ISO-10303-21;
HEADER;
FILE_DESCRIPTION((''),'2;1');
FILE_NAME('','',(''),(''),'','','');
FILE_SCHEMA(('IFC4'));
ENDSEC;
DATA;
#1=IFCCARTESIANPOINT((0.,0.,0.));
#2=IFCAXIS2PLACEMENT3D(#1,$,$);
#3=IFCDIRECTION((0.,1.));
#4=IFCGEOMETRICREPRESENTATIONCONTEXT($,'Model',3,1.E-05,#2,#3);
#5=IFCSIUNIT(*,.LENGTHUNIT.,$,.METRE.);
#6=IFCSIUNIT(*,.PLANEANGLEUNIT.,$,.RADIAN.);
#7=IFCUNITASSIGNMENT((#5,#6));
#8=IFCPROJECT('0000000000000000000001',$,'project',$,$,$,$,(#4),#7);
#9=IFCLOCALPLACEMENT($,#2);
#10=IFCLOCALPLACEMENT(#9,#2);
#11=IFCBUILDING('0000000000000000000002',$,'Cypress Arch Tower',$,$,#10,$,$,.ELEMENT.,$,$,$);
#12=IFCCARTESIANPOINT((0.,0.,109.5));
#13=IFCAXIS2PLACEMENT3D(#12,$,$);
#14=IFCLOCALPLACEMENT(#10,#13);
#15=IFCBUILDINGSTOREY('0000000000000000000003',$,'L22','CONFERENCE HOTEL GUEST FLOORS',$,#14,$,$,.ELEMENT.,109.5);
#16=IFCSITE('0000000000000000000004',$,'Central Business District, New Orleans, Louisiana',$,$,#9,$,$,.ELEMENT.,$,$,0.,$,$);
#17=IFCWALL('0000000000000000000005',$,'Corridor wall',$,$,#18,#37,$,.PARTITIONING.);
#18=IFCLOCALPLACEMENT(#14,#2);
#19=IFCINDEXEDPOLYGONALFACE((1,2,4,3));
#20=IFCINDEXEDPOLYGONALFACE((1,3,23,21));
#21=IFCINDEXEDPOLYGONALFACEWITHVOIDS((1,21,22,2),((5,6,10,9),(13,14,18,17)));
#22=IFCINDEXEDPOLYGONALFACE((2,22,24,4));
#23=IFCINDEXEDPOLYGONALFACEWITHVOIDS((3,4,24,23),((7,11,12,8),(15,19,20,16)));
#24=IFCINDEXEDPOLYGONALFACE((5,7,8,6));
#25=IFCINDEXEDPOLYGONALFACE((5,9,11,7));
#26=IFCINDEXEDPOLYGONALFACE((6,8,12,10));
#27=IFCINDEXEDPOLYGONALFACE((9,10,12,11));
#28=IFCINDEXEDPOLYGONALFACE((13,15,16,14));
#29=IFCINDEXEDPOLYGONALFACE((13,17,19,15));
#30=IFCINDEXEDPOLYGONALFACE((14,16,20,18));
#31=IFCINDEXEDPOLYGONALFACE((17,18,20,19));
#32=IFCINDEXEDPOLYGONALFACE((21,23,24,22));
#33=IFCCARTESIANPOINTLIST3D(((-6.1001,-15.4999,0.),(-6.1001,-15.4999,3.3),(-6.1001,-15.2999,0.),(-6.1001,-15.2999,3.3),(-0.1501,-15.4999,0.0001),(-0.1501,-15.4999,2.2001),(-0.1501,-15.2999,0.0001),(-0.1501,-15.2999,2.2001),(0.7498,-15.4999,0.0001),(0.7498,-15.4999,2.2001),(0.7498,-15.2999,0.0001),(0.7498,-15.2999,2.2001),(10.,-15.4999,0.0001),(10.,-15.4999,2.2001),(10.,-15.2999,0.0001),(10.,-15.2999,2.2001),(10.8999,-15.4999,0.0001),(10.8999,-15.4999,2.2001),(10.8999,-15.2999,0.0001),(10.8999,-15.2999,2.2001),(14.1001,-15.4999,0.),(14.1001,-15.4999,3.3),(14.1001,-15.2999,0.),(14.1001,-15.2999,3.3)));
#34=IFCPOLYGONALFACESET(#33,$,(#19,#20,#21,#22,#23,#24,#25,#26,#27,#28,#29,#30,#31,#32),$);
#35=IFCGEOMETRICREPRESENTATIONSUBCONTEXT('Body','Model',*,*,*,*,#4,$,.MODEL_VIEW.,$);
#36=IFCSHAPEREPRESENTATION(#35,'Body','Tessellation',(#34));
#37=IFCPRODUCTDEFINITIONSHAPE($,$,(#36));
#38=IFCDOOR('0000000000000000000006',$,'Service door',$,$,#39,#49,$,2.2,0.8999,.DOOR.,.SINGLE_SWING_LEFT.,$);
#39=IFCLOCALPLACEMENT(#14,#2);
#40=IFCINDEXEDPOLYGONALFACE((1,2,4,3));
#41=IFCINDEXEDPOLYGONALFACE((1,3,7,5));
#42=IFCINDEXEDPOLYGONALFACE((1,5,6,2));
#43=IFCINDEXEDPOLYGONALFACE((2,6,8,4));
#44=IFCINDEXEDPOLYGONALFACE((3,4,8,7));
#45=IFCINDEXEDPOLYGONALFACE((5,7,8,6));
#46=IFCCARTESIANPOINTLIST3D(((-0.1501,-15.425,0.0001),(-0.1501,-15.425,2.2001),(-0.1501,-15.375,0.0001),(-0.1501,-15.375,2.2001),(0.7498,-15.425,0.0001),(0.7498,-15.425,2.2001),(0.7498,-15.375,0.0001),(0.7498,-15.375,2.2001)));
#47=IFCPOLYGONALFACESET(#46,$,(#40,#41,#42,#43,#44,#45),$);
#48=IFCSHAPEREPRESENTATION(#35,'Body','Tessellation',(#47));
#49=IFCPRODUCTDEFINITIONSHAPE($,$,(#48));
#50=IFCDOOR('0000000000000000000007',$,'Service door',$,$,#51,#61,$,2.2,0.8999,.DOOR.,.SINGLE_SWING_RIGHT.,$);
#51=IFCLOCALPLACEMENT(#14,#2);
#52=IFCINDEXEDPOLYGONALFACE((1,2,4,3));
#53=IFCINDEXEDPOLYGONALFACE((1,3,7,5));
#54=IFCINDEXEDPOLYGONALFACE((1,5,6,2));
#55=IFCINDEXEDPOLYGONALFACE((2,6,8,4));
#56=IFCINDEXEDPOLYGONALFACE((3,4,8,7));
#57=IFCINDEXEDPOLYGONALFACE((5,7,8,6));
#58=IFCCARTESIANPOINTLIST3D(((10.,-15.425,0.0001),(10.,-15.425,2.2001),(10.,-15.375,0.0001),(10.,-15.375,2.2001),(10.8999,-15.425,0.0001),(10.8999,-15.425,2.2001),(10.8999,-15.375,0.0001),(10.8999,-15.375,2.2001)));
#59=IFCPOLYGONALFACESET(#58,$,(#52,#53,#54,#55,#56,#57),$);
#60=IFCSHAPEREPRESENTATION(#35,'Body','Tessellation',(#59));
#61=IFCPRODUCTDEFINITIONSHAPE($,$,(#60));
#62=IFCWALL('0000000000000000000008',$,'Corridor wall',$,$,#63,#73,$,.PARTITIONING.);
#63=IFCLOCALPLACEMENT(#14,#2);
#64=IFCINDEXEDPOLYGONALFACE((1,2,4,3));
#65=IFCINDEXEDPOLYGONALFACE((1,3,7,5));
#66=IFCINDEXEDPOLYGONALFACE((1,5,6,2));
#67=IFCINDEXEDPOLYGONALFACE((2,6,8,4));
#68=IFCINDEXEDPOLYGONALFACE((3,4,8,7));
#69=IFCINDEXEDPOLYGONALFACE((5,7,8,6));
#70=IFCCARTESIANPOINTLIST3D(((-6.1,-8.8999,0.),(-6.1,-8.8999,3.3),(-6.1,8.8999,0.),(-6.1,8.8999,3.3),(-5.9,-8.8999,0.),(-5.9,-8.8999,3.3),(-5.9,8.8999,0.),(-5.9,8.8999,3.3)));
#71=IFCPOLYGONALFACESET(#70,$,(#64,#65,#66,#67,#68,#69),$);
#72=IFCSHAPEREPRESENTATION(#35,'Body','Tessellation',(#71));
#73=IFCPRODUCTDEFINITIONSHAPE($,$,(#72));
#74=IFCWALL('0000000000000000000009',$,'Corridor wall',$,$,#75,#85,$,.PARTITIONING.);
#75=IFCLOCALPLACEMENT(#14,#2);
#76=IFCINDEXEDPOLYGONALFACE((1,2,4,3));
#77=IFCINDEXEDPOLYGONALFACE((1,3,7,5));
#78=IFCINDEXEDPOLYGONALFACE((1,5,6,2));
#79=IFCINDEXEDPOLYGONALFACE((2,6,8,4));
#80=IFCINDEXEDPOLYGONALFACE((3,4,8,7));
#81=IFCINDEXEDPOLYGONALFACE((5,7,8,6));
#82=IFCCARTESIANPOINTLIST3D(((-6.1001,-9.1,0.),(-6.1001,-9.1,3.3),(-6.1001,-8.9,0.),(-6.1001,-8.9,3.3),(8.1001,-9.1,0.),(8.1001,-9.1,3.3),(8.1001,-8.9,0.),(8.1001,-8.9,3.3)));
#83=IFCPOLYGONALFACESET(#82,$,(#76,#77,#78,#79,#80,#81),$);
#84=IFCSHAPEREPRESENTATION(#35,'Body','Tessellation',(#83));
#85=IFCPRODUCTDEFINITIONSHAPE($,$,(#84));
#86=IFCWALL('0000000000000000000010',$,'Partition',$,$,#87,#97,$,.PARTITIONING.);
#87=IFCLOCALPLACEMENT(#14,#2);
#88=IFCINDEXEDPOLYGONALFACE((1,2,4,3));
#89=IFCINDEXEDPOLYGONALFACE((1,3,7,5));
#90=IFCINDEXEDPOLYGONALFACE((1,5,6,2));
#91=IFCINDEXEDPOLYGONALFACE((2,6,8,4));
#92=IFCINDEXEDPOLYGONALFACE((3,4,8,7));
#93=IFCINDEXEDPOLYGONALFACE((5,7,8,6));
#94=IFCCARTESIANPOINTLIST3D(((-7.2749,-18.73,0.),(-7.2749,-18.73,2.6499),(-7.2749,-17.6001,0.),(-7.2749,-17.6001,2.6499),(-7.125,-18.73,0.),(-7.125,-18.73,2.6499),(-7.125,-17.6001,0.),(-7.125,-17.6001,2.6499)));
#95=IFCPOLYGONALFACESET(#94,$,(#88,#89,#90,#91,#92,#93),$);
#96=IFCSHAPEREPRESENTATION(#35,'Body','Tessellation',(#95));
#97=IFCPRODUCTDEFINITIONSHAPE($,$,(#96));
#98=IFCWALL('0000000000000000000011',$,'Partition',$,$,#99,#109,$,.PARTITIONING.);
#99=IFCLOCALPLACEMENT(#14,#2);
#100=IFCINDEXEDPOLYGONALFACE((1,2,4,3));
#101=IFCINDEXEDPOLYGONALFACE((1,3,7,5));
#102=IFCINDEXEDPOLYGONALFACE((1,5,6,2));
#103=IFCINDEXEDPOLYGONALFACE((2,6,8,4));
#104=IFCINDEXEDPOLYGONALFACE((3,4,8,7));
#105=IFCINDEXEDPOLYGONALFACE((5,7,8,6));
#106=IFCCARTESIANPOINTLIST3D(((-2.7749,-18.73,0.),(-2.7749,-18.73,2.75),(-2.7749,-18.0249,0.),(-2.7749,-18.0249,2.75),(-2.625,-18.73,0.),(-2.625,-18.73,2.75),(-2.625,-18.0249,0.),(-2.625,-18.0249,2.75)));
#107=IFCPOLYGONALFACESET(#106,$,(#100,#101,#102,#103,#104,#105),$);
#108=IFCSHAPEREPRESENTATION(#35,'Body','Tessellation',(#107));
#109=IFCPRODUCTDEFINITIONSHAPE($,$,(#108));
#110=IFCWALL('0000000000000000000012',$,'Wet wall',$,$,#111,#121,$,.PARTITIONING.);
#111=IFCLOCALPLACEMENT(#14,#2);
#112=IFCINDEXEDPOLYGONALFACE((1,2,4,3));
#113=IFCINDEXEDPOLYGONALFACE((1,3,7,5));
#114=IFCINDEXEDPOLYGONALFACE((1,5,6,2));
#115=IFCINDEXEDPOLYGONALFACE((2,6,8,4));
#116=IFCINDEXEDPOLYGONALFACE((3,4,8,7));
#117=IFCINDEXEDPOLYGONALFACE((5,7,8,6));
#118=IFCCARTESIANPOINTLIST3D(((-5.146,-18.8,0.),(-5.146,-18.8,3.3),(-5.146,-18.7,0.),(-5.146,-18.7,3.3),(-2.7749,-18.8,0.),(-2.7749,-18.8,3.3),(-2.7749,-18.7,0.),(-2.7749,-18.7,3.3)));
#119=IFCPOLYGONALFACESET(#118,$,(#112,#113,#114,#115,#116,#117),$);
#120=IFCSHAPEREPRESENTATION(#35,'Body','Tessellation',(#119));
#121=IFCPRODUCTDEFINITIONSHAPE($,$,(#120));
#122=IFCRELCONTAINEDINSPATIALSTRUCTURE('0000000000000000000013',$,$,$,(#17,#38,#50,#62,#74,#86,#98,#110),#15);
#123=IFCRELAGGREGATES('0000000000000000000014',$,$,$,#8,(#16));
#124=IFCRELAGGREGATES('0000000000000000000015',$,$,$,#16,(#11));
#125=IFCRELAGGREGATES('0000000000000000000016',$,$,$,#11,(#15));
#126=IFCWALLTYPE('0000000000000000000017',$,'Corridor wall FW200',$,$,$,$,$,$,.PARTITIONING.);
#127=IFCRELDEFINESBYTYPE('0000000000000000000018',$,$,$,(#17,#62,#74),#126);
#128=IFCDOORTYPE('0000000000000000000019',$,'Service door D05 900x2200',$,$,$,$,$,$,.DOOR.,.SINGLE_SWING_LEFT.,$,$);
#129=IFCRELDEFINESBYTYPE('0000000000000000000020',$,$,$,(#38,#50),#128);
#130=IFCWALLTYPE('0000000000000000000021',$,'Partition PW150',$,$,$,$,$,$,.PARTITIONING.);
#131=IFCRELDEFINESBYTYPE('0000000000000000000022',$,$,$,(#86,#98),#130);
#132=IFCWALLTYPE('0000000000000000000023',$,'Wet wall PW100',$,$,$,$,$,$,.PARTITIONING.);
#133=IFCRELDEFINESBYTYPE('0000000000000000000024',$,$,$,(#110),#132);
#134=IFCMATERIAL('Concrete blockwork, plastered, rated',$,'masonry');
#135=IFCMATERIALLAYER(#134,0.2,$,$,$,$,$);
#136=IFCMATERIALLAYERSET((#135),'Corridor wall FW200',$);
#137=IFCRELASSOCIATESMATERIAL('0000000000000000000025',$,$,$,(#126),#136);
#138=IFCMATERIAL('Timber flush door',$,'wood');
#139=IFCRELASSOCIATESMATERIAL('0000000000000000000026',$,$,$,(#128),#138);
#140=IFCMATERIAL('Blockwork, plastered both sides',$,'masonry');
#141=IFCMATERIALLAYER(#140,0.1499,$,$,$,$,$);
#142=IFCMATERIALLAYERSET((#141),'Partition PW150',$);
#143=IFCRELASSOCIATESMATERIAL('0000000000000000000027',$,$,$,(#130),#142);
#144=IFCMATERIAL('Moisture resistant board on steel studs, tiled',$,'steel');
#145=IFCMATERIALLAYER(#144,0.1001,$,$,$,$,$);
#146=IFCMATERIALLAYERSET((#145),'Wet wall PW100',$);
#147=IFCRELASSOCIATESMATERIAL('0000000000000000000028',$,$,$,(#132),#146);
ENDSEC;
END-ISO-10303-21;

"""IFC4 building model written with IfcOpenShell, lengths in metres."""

from ifc_helpers import new_model, si_unit, direction, frame, frame_2d, origin, place, context, subcontext, project, spatial, rectangle, extrude, material, layer, layer_set, type_object, element, fill, save


model = new_model("IFC4")

# Units and contexts
model_context = context("Model", 3, precision=1e-05, world=origin(), true_north=direction((0.0, 1.0)))
body_context = subcontext(model_context, "Body", "Model", "MODEL_VIEW")
ifc_project = project(units=[si_unit("LENGTHUNIT", "METRE"), si_unit("PLANEANGLEUNIT", "RADIAN")], contexts=[model_context])

# Site, building, storey
site_placement = place(None, origin())
site = spatial("IfcSite", under=ifc_project, at=site_placement, Name="Central Business District, New Orleans, Louisiana", CompositionType="ELEMENT", RefElevation=0.0)
building_placement = place(site_placement, origin())
building = spatial("IfcBuilding", under=site, at=building_placement, Name="Cypress Arch Tower", CompositionType="ELEMENT")
storey_placement = place(building_placement, frame((0.0, 0.0, 109.5)))
storey = spatial("IfcBuildingStorey", under=building, at=storey_placement, Name="L22", Description="CONFERENCE HOTEL GUEST FLOORS", CompositionType="ELEMENT", Elevation=109.5)

# Shared definitions
ifc_material_1 = material(Name="Concrete blockwork, plastered, rated", Category="masonry")
ifc_layer_1 = layer(ifc_material_1, 0.2)
ifc_layer_set_1 = layer_set([ifc_layer_1], Name="Corridor wall FW200")
wall_type_1 = type_object("IfcWallType", Name="Corridor wall FW200", PredefinedType="PARTITIONING", material=ifc_layer_set_1)

# Wall, openings, doors
wall_1_placement = place(storey_placement, frame((-6.1001, -15.3999, 0.0), z_axis=(0.0, 0.0, 1.0), x_axis=(1.0, 0.0, 0.0)))
wall_1 = element("IfcWall", 1, at=wall_1_placement, inside=storey, type_object=wall_type_1, Name="Corridor wall", PredefinedType="PARTITIONING", context=body_context, shape_type="SweptSolid", body=[
    extrude(rectangle(XDim=20.2002, YDim=0.2, at=frame_2d((10.1001, 0.0))), origin(), (0.0, 0.0, 1.0), 3.3),
])
opening_1_placement = place(wall_1_placement, frame((5.95, 0.0, 0.0)))
opening_1 = element("IfcOpeningElement", 2, at=opening_1_placement, cuts=wall_1, PredefinedType="OPENING", context=body_context, shape_type="SweptSolid", body=[
    extrude(rectangle(XDim=0.8999, YDim=2.2, at=frame_2d((0.45, 1.1001))), frame((0.0, 0.1099, 0.0), z_axis=(0.0, -1.0, 0.0), x_axis=(1.0, 0.0, 0.0)), (0.0, 0.0, 1.0), 0.22),
])
opening_2_placement = place(wall_1_placement, frame((16.1001, 0.0, 0.0)))
opening_2 = element("IfcOpeningElement", 3, at=opening_2_placement, cuts=wall_1, PredefinedType="OPENING", context=body_context, shape_type="SweptSolid", body=[
    extrude(rectangle(XDim=0.8999, YDim=2.2, at=frame_2d((0.45, 1.1001))), frame((0.0, 0.1099, 0.0), z_axis=(0.0, -1.0, 0.0), x_axis=(1.0, 0.0, 0.0)), (0.0, 0.0, 1.0), 0.22),
])
ifc_material_2 = material(Name="Timber flush door", Category="wood")
door_type_1 = type_object("IfcDoorType", Name="Service door D05 900x2200", OperationType="SINGLE_SWING_LEFT", PredefinedType="DOOR", material=ifc_material_2)
door_1_placement = place(opening_1_placement, origin())
door_1 = element("IfcDoor", 4, at=door_1_placement, inside=storey, type_object=door_type_1, Name="Service door", OperationType="SINGLE_SWING_LEFT", OverallHeight=2.2, OverallWidth=0.8999, PredefinedType="DOOR", context=body_context, shape_type="SweptSolid", body=[
    extrude(rectangle(XDim=0.8999, YDim=2.2, at=frame_2d((0.45, 1.1001))), frame((0.0, 0.0249, 0.0), z_axis=(0.0, -1.0, 0.0), x_axis=(1.0, 0.0, 0.0)), (0.0, 0.0, 1.0), 0.05),
])
fill(opening_1, door_1)
door_2_placement = place(opening_2_placement, origin())
door_2 = element("IfcDoor", 5, at=door_2_placement, inside=storey, type_object=door_type_1, Name="Service door", OperationType="SINGLE_SWING_RIGHT", OverallHeight=2.2, OverallWidth=0.8999, PredefinedType="DOOR", context=body_context, shape_type="SweptSolid", body=[
    extrude(rectangle(XDim=0.8999, YDim=2.2, at=frame_2d((0.45, 1.1001))), frame((0.0, 0.0249, 0.0), z_axis=(0.0, -1.0, 0.0), x_axis=(1.0, 0.0, 0.0)), (0.0, 0.0, 1.0), 0.05),
])
fill(opening_2, door_2)

# Walls
wall_2_placement = place(storey_placement, frame((-6.0, -8.8999, 0.0), z_axis=(0.0, 0.0, 1.0), x_axis=(0.0, 1.0, 0.0)))
element("IfcWall", 6, at=wall_2_placement, inside=storey, type_object=wall_type_1, Name="Corridor wall", PredefinedType="PARTITIONING", context=body_context, shape_type="SweptSolid", body=[
    extrude(rectangle(XDim=17.7998, YDim=0.2, at=frame_2d((8.8999, 0.0))), origin(), (0.0, 0.0, 1.0), 3.3),
])
wall_3_placement = place(storey_placement, frame((-6.1001, -9.0, 0.0), z_axis=(0.0, 0.0, 1.0), x_axis=(1.0, 0.0, 0.0)))
element("IfcWall", 7, at=wall_3_placement, inside=storey, type_object=wall_type_1, Name="Corridor wall", PredefinedType="PARTITIONING", context=body_context, shape_type="SweptSolid", body=[
    extrude(rectangle(XDim=14.2002, YDim=0.2, at=frame_2d((7.1001, 0.0))), origin(), (0.0, 0.0, 1.0), 3.3),
])
ifc_material_3 = material(Name="Blockwork, plastered both sides", Category="masonry")
ifc_layer_2 = layer(ifc_material_3, 0.1499)
ifc_layer_set_2 = layer_set([ifc_layer_2], Name="Partition PW150")
wall_type_2 = type_object("IfcWallType", Name="Partition PW150", PredefinedType="PARTITIONING", material=ifc_layer_set_2)
wall_4_placement = place(storey_placement, frame((-7.2, -18.73, 0.0), z_axis=(0.0, 0.0, 1.0), x_axis=(0.0, 1.0, 0.0)))
element("IfcWall", 8, at=wall_4_placement, inside=storey, type_object=wall_type_2, Name="Partition", PredefinedType="PARTITIONING", context=body_context, shape_type="SweptSolid", body=[
    extrude(rectangle(XDim=1.1299, YDim=0.1499, at=frame_2d((0.5649, 0.0))), origin(), (0.0, 0.0, 1.0), 2.6499),
])
wall_5_placement = place(storey_placement, frame((-2.7, -18.73, 0.0), z_axis=(0.0, 0.0, 1.0), x_axis=(0.0, 1.0, 0.0)))
element("IfcWall", 9, at=wall_5_placement, inside=storey, type_object=wall_type_2, Name="Partition", PredefinedType="PARTITIONING", context=body_context, shape_type="SweptSolid", body=[
    extrude(rectangle(XDim=0.7051, YDim=0.1499, at=frame_2d((0.3525, 0.0))), origin(), (0.0, 0.0, 1.0), 2.75),
])
ifc_material_4 = material(Name="Moisture resistant board on steel studs, tiled", Category="steel")
ifc_layer_3 = layer(ifc_material_4, 0.1001)
ifc_layer_set_3 = layer_set([ifc_layer_3], Name="Wet wall PW100")
wall_type_3 = type_object("IfcWallType", Name="Wet wall PW100", PredefinedType="PARTITIONING", material=ifc_layer_set_3)
wall_6_placement = place(storey_placement, frame((-5.146, -18.75, 0.0), z_axis=(0.0, 0.0, 1.0), x_axis=(1.0, 0.0, 0.0)))
element("IfcWall", 10, at=wall_6_placement, inside=storey, type_object=wall_type_3, Name="Wet wall", PredefinedType="PARTITIONING", context=body_context, shape_type="SweptSolid", body=[
    extrude(rectangle(XDim=2.3711, YDim=0.1001, at=frame_2d((1.1855, 0.0))), origin(), (0.0, 0.0, 1.0), 3.3),
])

save(model, "model.ifc")
